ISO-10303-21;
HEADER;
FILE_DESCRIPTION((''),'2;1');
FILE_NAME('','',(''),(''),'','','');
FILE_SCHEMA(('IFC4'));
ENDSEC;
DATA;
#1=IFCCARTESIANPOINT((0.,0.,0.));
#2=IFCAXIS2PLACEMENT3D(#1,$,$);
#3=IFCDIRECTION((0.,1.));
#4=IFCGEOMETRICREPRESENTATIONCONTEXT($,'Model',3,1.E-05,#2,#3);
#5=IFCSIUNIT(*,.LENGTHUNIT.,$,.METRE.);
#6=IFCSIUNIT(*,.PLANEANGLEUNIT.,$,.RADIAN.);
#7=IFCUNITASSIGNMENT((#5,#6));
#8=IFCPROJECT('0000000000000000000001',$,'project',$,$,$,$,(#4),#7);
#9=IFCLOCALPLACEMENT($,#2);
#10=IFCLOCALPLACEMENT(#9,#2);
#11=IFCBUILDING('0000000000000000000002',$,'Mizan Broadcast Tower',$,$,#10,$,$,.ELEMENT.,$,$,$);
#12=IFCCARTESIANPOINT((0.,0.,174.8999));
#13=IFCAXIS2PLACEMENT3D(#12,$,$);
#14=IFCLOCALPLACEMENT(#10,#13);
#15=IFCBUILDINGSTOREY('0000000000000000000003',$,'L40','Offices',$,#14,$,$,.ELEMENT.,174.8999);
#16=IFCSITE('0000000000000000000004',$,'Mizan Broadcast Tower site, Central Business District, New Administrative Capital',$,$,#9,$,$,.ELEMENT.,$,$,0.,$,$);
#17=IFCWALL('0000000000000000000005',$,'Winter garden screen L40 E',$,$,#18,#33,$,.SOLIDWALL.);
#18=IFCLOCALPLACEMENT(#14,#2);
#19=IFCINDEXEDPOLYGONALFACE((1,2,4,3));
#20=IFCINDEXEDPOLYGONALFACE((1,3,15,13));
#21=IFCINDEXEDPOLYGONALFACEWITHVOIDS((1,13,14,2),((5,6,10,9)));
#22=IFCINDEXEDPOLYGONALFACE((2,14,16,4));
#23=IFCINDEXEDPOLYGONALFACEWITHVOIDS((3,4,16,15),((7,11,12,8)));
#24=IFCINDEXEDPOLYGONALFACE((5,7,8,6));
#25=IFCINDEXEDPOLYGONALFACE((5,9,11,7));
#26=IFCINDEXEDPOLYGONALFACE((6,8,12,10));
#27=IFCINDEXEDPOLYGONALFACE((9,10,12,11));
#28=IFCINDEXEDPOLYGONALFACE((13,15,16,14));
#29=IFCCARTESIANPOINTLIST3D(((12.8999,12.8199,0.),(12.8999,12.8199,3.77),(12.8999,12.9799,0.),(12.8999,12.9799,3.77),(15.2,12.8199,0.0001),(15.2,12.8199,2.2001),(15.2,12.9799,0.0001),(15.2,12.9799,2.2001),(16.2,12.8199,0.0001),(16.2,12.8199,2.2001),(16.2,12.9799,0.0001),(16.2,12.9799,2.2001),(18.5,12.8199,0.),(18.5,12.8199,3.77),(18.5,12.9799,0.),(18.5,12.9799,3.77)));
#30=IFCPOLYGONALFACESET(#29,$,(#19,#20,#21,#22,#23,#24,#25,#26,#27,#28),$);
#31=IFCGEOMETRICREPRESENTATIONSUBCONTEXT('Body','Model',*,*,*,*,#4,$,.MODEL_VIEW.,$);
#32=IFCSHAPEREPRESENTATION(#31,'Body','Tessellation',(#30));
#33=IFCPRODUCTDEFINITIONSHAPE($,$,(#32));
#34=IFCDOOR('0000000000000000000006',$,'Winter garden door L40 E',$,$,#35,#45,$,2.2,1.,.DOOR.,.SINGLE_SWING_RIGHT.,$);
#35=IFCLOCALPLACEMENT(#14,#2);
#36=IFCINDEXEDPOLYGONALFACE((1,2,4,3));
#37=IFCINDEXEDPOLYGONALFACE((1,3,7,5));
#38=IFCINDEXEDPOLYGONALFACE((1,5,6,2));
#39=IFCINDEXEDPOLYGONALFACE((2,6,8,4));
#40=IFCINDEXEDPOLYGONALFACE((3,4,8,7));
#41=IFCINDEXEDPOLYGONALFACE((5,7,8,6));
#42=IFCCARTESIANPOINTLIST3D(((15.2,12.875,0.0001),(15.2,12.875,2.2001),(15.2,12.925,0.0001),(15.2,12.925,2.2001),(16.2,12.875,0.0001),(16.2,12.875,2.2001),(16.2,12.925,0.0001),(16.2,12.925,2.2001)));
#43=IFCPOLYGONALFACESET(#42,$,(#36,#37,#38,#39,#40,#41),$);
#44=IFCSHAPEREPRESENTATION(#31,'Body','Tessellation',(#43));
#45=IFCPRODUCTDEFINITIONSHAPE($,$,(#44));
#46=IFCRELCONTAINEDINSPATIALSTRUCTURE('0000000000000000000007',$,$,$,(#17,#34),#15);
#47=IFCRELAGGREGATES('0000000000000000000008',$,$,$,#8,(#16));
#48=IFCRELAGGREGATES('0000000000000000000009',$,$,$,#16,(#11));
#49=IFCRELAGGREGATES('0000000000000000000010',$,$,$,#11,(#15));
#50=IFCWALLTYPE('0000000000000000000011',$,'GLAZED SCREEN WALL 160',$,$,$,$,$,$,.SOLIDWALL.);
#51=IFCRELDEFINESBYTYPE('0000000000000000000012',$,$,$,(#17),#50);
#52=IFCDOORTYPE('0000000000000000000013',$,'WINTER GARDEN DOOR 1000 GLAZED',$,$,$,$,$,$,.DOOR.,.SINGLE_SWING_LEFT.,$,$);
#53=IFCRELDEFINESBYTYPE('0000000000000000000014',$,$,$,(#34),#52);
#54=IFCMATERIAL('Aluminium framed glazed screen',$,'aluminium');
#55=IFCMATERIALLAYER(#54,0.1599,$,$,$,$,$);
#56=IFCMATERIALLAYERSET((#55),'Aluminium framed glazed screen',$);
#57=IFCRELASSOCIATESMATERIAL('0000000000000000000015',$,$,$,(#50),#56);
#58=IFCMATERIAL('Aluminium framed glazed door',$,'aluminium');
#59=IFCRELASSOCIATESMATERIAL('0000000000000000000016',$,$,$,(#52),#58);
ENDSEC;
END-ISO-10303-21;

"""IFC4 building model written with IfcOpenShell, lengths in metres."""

from ifc_helpers import new_model, si_unit, direction, frame, frame_2d, origin, place, context, subcontext, project, spatial, rectangle, extrude, material, layer, layer_set, type_object, element, fill, save


model = new_model("IFC4")

# Units and contexts
model_context = context("Model", 3, precision=1e-05, world=origin(), true_north=direction((0.0, 1.0)))
body_context = subcontext(model_context, "Body", "Model", "MODEL_VIEW")
ifc_project = project(units=[si_unit("LENGTHUNIT", "METRE"), si_unit("PLANEANGLEUNIT", "RADIAN")], contexts=[model_context])

# Site, building, storey
site_placement = place(None, origin())
site = spatial("IfcSite", under=ifc_project, at=site_placement, Name="Mizan Broadcast Tower site, Central Business District, New Administrative Capital", CompositionType="ELEMENT", RefElevation=0.0)
building_placement = place(site_placement, origin())
building = spatial("IfcBuilding", under=site, at=building_placement, Name="Mizan Broadcast Tower", CompositionType="ELEMENT")
storey_placement = place(building_placement, frame((0.0, 0.0, 174.8999)))
storey = spatial("IfcBuildingStorey", under=building, at=storey_placement, Name="L40", Description="Offices", CompositionType="ELEMENT", Elevation=174.8999)

# Wall, opening, door
ifc_material_1 = material(Name="Aluminium framed glazed screen", Category="aluminium")
ifc_layer_1 = layer(ifc_material_1, 0.1599)
ifc_layer_set_1 = layer_set([ifc_layer_1], Name="Aluminium framed glazed screen")
wall_type = type_object("IfcWallType", Name="GLAZED SCREEN WALL 160", PredefinedType="SOLIDWALL", material=ifc_layer_set_1)
wall_placement = place(storey_placement, frame((18.5, 12.8999, 0.0), z_axis=(0.0, 0.0, 1.0), x_axis=(-1.0, 0.0, 0.0)))
wall = element("IfcWall", 1, at=wall_placement, inside=storey, type_object=wall_type, Name="Winter garden screen L40 E", PredefinedType="SOLIDWALL", context=body_context, shape_type="SweptSolid", body=[
    extrude(rectangle(XDim=5.6001, YDim=0.1599, at=frame_2d((2.8, 0.0))), origin(), (0.0, 0.0, 1.0), 3.77),
])
opening_placement = place(wall_placement, frame((2.3, 0.0, 0.0)))
opening = element("IfcOpeningElement", 2, at=opening_placement, cuts=wall, PredefinedType="OPENING", context=body_context, shape_type="SweptSolid", body=[
    extrude(rectangle(XDim=1.0, YDim=2.2, at=frame_2d((0.5, 1.1001))), frame((0.0, 0.0898, 0.0), z_axis=(0.0, -1.0, 0.0), x_axis=(1.0, 0.0, 0.0)), (0.0, 0.0, 1.0), 0.1799),
])
ifc_material_2 = material(Name="Aluminium framed glazed door", Category="aluminium")
door_type = type_object("IfcDoorType", Name="WINTER GARDEN DOOR 1000 GLAZED", OperationType="SINGLE_SWING_LEFT", PredefinedType="DOOR", material=ifc_material_2)
door_placement = place(opening_placement, origin())
door = element("IfcDoor", 3, at=door_placement, inside=storey, type_object=door_type, Name="Winter garden door L40 E", OperationType="SINGLE_SWING_RIGHT", OverallHeight=2.2, OverallWidth=1.0, PredefinedType="DOOR", context=body_context, shape_type="SweptSolid", body=[
    extrude(rectangle(XDim=1.0, YDim=2.2, at=frame_2d((0.5, 1.1001))), frame((0.0, 0.0249, 0.0), z_axis=(0.0, -1.0, 0.0), x_axis=(1.0, 0.0, 0.0)), (0.0, 0.0, 1.0), 0.05),
])
fill(opening, door)

save(model, "model.ifc")
